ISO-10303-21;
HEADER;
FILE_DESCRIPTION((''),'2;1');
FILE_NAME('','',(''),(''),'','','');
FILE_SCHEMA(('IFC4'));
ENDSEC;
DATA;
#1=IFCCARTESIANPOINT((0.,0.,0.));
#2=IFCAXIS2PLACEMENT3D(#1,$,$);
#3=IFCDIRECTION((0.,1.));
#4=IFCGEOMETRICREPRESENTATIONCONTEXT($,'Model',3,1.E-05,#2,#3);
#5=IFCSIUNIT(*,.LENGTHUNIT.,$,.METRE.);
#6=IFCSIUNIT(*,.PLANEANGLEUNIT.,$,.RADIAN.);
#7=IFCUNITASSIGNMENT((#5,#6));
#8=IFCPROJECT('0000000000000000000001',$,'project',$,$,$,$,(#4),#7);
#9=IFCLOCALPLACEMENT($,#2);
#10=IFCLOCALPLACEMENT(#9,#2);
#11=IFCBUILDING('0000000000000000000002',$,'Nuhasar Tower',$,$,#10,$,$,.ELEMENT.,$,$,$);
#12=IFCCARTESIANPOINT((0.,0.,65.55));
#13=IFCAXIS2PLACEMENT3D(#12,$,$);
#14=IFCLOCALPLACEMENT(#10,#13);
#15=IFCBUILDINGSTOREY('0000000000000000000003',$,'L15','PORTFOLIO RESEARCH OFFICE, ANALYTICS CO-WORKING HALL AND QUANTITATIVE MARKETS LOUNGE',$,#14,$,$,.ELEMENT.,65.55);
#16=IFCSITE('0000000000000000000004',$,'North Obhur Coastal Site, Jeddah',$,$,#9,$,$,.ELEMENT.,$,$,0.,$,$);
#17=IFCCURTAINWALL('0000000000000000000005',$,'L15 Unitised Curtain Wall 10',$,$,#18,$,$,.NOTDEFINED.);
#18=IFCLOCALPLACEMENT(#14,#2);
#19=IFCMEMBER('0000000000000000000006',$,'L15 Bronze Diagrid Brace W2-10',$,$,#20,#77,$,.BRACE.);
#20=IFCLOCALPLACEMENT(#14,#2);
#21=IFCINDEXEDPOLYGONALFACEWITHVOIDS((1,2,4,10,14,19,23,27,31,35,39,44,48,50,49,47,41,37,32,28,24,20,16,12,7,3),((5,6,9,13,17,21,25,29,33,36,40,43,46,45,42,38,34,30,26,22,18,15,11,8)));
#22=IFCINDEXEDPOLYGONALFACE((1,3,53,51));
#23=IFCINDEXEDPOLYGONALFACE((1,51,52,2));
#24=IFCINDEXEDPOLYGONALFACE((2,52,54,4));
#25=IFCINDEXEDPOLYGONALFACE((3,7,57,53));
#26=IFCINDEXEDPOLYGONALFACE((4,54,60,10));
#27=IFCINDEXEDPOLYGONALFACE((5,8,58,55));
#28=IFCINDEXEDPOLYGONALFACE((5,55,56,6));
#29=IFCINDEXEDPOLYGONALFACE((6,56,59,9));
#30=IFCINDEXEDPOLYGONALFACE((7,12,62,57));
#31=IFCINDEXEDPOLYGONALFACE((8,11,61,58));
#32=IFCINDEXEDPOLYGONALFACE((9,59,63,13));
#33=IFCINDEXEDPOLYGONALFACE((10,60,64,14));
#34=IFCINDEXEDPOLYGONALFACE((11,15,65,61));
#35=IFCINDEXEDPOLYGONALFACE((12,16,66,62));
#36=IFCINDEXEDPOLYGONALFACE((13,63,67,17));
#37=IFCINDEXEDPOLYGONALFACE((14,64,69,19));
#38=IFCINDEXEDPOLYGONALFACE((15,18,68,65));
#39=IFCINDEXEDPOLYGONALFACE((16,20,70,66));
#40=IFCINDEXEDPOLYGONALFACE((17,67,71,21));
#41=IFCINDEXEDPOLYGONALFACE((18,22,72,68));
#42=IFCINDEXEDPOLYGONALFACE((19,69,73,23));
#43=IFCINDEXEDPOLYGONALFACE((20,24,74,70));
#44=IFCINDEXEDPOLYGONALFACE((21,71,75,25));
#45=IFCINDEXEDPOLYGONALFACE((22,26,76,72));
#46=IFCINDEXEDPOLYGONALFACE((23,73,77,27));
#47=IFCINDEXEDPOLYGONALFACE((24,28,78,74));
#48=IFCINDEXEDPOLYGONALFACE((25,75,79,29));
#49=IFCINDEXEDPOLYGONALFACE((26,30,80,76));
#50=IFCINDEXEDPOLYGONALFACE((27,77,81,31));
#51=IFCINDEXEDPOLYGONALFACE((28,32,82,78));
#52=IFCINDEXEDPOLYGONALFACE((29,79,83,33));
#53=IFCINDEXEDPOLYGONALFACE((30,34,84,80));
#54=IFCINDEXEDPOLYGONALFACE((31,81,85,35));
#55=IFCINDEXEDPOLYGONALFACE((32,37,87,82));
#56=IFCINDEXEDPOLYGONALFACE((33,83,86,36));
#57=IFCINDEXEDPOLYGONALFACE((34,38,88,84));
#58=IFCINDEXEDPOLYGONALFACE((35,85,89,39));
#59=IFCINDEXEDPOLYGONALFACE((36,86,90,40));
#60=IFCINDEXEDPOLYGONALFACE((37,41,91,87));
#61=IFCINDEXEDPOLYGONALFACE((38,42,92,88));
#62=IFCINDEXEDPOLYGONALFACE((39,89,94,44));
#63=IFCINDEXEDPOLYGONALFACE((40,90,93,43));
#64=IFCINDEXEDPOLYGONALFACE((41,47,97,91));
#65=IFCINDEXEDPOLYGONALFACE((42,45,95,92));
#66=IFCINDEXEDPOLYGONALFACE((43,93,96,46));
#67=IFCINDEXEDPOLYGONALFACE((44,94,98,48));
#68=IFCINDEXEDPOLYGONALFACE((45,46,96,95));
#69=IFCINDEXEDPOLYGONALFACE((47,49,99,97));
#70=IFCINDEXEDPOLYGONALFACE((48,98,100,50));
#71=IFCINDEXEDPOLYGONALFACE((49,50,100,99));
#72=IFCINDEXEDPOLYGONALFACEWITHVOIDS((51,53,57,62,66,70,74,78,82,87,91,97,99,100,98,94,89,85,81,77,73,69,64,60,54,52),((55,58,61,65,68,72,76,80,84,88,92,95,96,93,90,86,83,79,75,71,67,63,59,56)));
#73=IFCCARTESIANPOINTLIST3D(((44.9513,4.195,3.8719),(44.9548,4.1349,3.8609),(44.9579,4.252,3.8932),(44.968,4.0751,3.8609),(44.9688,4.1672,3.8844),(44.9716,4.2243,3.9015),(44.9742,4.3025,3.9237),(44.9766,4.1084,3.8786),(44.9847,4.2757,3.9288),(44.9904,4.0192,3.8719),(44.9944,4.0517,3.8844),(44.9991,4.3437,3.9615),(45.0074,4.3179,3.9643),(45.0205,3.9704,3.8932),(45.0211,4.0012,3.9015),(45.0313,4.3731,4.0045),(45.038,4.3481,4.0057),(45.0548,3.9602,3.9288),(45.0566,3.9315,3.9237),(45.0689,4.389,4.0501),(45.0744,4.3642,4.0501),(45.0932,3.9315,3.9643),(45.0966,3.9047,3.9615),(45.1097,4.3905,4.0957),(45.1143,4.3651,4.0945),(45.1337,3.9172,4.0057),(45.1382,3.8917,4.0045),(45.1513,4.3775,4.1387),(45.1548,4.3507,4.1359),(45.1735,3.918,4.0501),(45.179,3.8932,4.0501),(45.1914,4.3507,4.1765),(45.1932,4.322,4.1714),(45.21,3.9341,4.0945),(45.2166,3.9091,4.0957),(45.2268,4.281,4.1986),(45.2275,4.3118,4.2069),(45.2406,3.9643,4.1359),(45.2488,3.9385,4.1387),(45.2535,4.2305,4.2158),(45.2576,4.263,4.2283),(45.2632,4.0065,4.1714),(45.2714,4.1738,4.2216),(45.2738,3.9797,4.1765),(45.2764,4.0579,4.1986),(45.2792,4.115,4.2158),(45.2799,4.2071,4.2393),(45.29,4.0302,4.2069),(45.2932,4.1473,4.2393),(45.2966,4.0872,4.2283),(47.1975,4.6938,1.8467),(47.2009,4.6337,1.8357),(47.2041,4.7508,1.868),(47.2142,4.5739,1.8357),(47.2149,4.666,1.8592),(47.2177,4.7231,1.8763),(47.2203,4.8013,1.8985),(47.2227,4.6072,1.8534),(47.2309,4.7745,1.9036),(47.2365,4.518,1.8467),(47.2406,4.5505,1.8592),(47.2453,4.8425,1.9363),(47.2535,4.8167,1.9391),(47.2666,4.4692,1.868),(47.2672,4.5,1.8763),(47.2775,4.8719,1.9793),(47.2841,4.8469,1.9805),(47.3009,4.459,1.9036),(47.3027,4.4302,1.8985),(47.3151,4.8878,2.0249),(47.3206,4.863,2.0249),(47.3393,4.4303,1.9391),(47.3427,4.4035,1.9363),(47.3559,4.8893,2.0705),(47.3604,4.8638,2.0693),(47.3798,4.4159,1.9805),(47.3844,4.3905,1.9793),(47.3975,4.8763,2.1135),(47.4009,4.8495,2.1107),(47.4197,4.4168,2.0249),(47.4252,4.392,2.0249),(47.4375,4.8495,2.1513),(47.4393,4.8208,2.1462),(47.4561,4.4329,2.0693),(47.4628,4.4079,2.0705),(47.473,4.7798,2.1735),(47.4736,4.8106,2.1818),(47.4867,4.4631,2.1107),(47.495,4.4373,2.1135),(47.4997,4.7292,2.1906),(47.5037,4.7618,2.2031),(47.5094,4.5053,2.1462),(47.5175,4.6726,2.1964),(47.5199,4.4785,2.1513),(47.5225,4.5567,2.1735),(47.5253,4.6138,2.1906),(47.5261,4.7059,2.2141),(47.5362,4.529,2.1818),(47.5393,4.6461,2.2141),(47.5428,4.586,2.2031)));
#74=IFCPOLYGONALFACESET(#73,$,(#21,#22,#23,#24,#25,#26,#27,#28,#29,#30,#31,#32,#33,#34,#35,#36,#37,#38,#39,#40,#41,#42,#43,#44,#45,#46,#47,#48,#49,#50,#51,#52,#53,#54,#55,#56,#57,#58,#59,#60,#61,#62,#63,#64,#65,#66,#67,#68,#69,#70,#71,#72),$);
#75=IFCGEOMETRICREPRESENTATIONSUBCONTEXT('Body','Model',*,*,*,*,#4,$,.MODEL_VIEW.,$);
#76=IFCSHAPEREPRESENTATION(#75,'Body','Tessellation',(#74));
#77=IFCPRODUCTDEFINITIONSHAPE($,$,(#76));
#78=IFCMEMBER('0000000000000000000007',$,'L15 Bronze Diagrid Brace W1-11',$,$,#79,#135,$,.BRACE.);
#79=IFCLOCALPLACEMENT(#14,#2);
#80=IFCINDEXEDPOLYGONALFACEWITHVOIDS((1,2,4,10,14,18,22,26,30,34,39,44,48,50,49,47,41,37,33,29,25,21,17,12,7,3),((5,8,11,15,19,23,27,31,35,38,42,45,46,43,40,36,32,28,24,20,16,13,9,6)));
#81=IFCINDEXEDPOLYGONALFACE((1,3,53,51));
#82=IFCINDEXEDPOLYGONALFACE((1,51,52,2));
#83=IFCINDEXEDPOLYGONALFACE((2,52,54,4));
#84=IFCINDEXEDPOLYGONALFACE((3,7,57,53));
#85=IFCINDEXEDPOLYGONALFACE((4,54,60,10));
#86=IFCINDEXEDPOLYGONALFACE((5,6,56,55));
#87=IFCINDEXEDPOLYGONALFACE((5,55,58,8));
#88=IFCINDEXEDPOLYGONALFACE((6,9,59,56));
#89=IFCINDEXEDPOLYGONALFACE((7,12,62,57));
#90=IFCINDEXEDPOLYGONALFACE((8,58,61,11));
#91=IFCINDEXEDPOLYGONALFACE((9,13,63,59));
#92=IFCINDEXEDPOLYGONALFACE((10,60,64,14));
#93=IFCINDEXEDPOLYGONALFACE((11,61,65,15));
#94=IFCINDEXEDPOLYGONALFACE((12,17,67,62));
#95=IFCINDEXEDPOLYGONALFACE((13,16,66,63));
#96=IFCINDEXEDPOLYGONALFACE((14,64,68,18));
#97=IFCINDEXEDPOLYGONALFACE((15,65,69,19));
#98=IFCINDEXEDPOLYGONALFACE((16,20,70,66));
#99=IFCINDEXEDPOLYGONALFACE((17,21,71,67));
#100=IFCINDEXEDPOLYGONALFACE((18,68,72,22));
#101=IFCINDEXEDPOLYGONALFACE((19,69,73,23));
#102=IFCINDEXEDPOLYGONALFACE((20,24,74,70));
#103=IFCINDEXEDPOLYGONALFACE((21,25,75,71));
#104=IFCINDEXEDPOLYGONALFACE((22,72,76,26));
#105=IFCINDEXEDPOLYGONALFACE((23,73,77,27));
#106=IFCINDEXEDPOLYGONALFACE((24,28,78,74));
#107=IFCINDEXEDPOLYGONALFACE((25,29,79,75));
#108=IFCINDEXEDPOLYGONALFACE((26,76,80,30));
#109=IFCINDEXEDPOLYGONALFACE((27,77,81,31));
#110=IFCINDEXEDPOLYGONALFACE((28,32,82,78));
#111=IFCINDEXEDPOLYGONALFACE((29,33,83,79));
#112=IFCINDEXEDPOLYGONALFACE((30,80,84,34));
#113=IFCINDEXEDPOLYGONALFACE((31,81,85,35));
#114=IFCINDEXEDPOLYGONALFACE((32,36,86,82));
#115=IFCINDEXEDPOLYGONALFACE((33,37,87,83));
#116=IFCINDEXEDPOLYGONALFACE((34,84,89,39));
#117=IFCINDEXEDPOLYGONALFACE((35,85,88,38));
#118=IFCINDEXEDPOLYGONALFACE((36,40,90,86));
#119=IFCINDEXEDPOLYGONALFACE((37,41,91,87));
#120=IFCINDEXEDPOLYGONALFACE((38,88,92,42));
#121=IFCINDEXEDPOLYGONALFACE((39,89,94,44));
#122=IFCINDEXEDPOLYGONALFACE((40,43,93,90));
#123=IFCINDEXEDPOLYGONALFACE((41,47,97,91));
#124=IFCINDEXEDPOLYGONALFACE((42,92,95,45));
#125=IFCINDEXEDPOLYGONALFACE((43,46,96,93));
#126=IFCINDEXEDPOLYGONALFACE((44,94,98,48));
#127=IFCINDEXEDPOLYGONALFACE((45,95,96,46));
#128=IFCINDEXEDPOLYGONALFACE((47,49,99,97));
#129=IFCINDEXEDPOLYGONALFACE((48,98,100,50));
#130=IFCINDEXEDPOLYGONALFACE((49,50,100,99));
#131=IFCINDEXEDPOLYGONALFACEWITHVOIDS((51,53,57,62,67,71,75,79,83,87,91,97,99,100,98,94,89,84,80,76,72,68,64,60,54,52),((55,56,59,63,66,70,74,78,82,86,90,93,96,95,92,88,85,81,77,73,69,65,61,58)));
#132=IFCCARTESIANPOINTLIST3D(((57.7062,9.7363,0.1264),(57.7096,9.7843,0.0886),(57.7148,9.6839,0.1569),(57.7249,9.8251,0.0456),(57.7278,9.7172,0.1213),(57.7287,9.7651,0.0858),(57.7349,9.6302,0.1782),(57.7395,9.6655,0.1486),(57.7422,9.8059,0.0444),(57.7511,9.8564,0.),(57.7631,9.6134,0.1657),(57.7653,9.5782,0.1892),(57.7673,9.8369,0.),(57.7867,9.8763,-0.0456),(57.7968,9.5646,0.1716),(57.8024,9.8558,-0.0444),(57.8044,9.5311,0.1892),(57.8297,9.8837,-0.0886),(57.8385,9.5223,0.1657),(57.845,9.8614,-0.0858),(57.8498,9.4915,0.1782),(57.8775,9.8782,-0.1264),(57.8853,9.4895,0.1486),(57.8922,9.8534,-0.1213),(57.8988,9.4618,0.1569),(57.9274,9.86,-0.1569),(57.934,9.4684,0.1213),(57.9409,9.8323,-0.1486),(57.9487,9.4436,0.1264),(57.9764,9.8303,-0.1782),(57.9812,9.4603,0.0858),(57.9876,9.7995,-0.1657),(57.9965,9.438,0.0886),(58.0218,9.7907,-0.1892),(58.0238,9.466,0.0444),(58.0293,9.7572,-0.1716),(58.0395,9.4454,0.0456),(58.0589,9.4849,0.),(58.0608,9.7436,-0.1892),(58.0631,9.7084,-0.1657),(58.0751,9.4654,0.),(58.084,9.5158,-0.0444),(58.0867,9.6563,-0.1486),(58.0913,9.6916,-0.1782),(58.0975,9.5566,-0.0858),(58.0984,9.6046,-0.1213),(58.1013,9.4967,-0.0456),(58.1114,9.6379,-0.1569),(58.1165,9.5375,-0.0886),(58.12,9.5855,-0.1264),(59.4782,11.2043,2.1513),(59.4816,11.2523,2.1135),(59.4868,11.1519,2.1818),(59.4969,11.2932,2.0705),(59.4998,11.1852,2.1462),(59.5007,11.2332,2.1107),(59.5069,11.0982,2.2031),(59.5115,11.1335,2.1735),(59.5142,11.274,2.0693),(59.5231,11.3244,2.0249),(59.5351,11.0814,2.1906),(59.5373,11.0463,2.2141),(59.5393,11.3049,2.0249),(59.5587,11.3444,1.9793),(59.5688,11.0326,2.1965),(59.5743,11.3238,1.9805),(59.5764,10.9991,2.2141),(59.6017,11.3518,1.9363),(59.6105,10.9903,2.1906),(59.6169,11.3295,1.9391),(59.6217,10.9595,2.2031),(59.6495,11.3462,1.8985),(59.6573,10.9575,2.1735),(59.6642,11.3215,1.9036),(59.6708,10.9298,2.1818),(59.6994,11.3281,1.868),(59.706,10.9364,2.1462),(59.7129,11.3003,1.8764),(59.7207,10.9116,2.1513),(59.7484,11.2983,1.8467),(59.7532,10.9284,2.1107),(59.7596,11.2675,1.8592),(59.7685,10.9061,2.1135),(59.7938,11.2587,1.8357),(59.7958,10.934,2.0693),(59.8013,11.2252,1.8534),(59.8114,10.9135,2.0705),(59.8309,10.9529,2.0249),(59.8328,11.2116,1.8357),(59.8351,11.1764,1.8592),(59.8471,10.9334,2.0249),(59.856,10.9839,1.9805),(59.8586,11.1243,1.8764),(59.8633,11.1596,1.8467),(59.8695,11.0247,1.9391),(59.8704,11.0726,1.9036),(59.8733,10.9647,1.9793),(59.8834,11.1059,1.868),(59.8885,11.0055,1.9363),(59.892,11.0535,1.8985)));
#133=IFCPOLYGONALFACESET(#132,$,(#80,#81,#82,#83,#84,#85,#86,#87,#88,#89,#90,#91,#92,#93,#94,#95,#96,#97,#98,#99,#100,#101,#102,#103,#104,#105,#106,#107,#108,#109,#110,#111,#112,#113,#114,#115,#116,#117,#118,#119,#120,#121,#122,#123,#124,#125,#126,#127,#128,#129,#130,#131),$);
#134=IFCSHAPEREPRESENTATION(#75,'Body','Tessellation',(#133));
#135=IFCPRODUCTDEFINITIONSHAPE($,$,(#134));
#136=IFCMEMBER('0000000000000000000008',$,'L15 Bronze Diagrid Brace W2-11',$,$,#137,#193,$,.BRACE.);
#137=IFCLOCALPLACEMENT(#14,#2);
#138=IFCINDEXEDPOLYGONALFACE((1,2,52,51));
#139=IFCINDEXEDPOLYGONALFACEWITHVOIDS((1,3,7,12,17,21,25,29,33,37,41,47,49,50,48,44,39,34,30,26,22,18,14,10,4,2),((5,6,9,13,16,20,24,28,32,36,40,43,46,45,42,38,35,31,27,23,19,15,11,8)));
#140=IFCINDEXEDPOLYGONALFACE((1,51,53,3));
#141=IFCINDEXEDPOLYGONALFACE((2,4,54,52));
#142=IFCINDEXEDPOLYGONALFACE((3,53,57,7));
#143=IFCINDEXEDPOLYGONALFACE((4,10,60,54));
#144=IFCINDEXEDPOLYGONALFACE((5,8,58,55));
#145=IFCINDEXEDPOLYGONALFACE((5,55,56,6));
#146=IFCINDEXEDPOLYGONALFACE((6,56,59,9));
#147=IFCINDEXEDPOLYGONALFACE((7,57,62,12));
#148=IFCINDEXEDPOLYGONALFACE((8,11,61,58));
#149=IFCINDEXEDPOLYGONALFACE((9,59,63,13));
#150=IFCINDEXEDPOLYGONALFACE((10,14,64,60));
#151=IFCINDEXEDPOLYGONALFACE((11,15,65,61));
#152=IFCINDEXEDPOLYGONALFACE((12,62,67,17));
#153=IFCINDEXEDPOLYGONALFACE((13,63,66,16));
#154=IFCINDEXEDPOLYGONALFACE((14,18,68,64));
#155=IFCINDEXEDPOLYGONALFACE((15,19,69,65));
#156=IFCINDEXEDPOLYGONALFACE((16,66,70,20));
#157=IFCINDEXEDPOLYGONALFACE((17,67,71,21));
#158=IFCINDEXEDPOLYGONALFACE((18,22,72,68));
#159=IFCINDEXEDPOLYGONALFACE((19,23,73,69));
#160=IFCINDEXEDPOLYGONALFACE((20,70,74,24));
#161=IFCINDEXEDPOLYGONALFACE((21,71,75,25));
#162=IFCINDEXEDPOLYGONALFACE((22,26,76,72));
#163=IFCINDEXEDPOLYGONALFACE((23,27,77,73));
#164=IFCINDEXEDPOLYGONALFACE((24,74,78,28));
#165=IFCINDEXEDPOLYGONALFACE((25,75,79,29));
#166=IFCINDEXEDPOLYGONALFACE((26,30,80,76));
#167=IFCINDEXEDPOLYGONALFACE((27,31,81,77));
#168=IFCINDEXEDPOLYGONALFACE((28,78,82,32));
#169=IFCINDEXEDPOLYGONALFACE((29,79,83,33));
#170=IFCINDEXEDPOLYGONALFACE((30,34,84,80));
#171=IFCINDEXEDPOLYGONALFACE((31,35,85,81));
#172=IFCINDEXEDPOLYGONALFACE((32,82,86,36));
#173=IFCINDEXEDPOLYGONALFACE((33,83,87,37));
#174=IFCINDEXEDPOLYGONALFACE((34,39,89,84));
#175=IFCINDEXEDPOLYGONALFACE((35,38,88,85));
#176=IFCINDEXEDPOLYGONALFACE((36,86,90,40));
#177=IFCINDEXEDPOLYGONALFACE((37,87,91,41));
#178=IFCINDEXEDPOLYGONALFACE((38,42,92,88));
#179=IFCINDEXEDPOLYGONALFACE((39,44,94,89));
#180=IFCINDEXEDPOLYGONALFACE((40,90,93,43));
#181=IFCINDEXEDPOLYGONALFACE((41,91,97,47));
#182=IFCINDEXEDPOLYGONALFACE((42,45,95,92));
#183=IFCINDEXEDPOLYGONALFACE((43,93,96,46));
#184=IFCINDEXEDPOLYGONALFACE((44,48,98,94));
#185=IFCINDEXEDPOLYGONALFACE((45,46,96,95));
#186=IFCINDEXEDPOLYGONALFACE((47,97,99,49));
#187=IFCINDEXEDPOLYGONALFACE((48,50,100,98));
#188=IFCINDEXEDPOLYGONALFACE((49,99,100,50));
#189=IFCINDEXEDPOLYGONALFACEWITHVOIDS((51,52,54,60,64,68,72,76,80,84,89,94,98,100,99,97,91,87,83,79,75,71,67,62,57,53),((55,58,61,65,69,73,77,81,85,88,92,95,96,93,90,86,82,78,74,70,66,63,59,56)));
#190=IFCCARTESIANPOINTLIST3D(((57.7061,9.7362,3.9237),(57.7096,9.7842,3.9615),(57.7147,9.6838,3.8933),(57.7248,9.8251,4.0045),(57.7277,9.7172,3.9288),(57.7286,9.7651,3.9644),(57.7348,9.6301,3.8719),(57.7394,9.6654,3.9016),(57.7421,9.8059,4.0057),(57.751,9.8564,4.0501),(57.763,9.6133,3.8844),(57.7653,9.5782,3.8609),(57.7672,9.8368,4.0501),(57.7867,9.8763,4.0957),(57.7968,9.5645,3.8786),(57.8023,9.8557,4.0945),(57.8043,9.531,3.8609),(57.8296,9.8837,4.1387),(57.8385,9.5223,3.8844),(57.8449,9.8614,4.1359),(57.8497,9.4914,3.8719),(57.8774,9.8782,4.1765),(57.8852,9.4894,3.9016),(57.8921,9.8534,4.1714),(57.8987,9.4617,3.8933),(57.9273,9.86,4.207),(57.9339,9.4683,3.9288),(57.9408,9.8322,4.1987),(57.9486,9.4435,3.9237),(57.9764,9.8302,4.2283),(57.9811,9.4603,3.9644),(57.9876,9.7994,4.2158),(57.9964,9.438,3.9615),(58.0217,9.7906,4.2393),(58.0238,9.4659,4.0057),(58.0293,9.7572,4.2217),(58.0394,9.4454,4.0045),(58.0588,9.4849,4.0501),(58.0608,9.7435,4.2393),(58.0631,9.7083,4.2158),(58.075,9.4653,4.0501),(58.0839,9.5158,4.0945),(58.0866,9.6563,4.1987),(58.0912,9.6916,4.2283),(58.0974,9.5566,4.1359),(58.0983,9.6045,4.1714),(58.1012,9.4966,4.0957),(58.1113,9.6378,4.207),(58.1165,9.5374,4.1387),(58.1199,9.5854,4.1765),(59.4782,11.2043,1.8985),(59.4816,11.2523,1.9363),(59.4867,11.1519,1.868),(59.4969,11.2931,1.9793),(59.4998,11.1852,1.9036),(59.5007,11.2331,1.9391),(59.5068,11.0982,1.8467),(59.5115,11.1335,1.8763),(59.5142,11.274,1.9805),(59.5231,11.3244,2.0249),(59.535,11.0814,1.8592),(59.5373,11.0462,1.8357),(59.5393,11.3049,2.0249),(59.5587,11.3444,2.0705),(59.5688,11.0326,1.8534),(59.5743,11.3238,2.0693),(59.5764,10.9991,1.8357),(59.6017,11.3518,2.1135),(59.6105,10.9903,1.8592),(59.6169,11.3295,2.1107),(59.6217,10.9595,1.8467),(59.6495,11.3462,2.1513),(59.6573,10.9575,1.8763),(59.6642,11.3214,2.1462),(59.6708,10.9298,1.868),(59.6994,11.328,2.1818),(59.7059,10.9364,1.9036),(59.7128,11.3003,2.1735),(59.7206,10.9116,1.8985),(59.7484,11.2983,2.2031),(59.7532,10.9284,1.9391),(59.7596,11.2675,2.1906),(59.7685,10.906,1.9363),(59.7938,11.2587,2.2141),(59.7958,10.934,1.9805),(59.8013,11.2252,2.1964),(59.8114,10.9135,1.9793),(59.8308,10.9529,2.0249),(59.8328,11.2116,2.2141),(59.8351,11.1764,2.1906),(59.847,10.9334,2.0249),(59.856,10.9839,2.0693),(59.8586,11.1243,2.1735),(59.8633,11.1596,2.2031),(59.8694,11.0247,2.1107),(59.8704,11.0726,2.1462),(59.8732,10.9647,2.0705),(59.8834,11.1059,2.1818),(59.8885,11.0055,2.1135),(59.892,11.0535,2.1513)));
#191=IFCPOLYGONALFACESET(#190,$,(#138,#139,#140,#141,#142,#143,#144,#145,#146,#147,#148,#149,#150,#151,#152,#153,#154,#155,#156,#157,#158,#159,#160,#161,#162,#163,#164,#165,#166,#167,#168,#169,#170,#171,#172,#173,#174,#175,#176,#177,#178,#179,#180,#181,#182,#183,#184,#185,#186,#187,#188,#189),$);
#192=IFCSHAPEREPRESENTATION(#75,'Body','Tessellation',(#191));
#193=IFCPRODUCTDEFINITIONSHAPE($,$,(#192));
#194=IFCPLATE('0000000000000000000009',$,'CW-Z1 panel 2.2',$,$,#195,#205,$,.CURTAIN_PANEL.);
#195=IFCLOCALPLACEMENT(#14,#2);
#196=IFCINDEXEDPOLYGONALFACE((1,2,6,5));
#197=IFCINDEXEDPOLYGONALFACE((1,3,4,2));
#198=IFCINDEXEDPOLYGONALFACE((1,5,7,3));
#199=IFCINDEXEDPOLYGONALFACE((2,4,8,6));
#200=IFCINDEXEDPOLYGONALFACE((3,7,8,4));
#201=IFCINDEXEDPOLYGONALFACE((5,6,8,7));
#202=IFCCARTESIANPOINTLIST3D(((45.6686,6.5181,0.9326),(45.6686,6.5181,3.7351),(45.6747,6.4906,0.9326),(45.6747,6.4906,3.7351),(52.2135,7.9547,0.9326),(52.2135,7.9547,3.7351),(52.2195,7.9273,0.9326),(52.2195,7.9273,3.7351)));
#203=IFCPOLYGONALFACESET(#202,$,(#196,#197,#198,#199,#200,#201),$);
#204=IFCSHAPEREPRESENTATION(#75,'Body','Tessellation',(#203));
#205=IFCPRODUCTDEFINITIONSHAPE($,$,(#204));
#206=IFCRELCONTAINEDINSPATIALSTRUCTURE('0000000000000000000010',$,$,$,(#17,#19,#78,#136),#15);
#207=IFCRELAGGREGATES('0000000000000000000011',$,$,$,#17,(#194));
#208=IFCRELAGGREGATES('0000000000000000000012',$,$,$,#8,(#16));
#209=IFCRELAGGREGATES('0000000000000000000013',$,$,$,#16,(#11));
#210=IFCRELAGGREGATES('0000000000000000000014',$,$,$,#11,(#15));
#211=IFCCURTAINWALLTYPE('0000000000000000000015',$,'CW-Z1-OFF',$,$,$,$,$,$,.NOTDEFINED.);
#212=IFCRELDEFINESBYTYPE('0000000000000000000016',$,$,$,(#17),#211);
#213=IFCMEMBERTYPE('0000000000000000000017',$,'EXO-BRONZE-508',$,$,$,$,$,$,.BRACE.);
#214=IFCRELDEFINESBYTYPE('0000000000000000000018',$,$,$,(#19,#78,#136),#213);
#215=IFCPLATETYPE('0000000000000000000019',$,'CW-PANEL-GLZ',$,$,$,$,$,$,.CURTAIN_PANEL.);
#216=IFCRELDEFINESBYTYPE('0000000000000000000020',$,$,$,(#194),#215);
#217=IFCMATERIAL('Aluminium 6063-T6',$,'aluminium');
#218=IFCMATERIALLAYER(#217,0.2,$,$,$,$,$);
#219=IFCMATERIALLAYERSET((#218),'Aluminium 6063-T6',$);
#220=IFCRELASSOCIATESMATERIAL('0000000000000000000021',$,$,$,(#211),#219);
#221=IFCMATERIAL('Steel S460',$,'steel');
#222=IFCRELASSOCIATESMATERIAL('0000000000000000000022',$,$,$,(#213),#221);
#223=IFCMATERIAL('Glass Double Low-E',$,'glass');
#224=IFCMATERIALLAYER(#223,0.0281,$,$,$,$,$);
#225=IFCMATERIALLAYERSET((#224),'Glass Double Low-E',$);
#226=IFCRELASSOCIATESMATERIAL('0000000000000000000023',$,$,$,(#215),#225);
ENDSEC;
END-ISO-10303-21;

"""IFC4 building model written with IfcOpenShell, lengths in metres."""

from ifc_helpers import new_model, si_unit, direction, frame, origin, origin_2d, place, context, subcontext, project, spatial, rectangle, hollow_circle, extrude, material, layer, layer_set, material_profile, profile_set, type_object, element, aggregate, save


model = new_model("IFC4")

# Units and contexts
model_context = context("Model", 3, precision=1e-05, world=origin(), true_north=direction((0.0, 1.0)))
body_context = subcontext(model_context, "Body", "Model", "MODEL_VIEW")
ifc_project = project(units=[si_unit("LENGTHUNIT", "METRE"), si_unit("PLANEANGLEUNIT", "RADIAN")], contexts=[model_context])

# Site, building, storey
site_placement = place(None, origin())
site = spatial("IfcSite", under=ifc_project, at=site_placement, Name="North Obhur Coastal Site, Jeddah", CompositionType="ELEMENT", RefElevation=0.0)
building_placement = place(site_placement, origin())
building = spatial("IfcBuilding", under=site, at=building_placement, Name="Nuhasar Tower", CompositionType="ELEMENT")
storey_placement = place(building_placement, frame((0.0, 0.0, 65.55)))
storey = spatial("IfcBuildingStorey", under=building, at=storey_placement, Name="L15", Description="PORTFOLIO RESEARCH OFFICE, ANALYTICS CO-WORKING HALL AND QUANTITATIVE MARKETS LOUNGE", CompositionType="ELEMENT", Elevation=65.55)

# Curtain wall
ifc_material_1 = material(Name="Aluminium 6063-T6", Category="aluminium")
ifc_layer_1 = layer(ifc_material_1, 0.2)
ifc_layer_set_1 = layer_set([ifc_layer_1], Name="Aluminium 6063-T6")
curtain_wall_type = type_object("IfcCurtainWallType", Name="CW-Z1-OFF", PredefinedType="NOTDEFINED", material=ifc_layer_set_1)
curtain_wall_1_placement = place(storey_placement, origin())
curtain_wall_1 = element("IfcCurtainWall", 1, at=curtain_wall_1_placement, inside=storey, type_object=curtain_wall_type, Name="L15 Unitised Curtain Wall 10", PredefinedType="NOTDEFINED")

# Members
ifc_material_2 = material(Name="Steel S460", Category="steel")
ifc_material_profile_1 = material_profile(ifc_material_2, hollow_circle(Radius=0.2539, WallThickness=0.0254, at=origin_2d()), Name="HSS508X25.4")
ifc_profile_set_1 = profile_set([ifc_material_profile_1], Name="Steel S460")
member_type_1 = type_object("IfcMemberType", Name="EXO-BRONZE-508", PredefinedType="BRACE", material=ifc_profile_set_1)
for number, where, z_axis, x_axis, name in (
    (2, (47.3701, 4.6399, 2.0249), (-0.732792, -0.162728, 0.660708), (0.216784, -0.97622, 0.0), "L15 Bronze Diagrid Brace W2-10"),
    (3, (57.9131, 9.6609, 0.0), (0.578102, 0.478937, 0.660619), (-0.637969, 0.770062, 0.0), "L15 Bronze Diagrid Brace W1-11"),
):
    element("IfcMember", number, at=place(storey_placement, frame(where, z_axis=z_axis, x_axis=x_axis)), inside=storey, type_object=member_type_1, Name=name, PredefinedType="BRACE", context=body_context, shape_type="SweptSolid", body=[
        extrude(hollow_circle(Radius=0.2539, WallThickness=0.0254, at=origin_2d()), origin(), (0.0, 0.0, 1.0), 3.0652),
    ])
member_1_placement = place(storey_placement, frame((59.6851, 11.1289, 2.0249), z_axis=(-0.578071, -0.478912, 0.660664), x_axis=(0.637969, -0.770062, 0.0)))
element("IfcMember", 4, at=member_1_placement, inside=storey, type_object=member_type_1, Name="L15 Bronze Diagrid Brace W2-11", PredefinedType="BRACE", context=body_context, shape_type="SweptSolid", body=[
    extrude(hollow_circle(Radius=0.2539, WallThickness=0.0254, at=origin_2d()), origin(), (0.0, 0.0, 1.0), 3.0654),
])

# Plate
ifc_material_3 = material(Name="Glass Double Low-E", Category="glass")
ifc_layer_2 = layer(ifc_material_3, 0.0281)
ifc_layer_set_2 = layer_set([ifc_layer_2], Name="Glass Double Low-E")
plate_type_1 = type_object("IfcPlateType", Name="CW-PANEL-GLZ", PredefinedType="CURTAIN_PANEL", material=ifc_layer_set_2)
plate_1_placement = place(storey_placement, frame((48.9441, 7.2227, 0.9326), z_axis=(0.0, 0.0, 1.0), x_axis=(0.976746, 0.214399, 0.0)))
plate_1 = element("IfcPlate", 5, at=plate_1_placement, type_object=plate_type_1, Name="CW-Z1 panel 2.2", PredefinedType="CURTAIN_PANEL", context=body_context, shape_type="SweptSolid", body=[
    extrude(rectangle(XDim=6.7007, YDim=0.0281, at=origin_2d()), origin(), (0.0, 0.0, 1.0), 2.8025),
])
aggregate(curtain_wall_1, [plate_1])

save(model, "model.ifc")
